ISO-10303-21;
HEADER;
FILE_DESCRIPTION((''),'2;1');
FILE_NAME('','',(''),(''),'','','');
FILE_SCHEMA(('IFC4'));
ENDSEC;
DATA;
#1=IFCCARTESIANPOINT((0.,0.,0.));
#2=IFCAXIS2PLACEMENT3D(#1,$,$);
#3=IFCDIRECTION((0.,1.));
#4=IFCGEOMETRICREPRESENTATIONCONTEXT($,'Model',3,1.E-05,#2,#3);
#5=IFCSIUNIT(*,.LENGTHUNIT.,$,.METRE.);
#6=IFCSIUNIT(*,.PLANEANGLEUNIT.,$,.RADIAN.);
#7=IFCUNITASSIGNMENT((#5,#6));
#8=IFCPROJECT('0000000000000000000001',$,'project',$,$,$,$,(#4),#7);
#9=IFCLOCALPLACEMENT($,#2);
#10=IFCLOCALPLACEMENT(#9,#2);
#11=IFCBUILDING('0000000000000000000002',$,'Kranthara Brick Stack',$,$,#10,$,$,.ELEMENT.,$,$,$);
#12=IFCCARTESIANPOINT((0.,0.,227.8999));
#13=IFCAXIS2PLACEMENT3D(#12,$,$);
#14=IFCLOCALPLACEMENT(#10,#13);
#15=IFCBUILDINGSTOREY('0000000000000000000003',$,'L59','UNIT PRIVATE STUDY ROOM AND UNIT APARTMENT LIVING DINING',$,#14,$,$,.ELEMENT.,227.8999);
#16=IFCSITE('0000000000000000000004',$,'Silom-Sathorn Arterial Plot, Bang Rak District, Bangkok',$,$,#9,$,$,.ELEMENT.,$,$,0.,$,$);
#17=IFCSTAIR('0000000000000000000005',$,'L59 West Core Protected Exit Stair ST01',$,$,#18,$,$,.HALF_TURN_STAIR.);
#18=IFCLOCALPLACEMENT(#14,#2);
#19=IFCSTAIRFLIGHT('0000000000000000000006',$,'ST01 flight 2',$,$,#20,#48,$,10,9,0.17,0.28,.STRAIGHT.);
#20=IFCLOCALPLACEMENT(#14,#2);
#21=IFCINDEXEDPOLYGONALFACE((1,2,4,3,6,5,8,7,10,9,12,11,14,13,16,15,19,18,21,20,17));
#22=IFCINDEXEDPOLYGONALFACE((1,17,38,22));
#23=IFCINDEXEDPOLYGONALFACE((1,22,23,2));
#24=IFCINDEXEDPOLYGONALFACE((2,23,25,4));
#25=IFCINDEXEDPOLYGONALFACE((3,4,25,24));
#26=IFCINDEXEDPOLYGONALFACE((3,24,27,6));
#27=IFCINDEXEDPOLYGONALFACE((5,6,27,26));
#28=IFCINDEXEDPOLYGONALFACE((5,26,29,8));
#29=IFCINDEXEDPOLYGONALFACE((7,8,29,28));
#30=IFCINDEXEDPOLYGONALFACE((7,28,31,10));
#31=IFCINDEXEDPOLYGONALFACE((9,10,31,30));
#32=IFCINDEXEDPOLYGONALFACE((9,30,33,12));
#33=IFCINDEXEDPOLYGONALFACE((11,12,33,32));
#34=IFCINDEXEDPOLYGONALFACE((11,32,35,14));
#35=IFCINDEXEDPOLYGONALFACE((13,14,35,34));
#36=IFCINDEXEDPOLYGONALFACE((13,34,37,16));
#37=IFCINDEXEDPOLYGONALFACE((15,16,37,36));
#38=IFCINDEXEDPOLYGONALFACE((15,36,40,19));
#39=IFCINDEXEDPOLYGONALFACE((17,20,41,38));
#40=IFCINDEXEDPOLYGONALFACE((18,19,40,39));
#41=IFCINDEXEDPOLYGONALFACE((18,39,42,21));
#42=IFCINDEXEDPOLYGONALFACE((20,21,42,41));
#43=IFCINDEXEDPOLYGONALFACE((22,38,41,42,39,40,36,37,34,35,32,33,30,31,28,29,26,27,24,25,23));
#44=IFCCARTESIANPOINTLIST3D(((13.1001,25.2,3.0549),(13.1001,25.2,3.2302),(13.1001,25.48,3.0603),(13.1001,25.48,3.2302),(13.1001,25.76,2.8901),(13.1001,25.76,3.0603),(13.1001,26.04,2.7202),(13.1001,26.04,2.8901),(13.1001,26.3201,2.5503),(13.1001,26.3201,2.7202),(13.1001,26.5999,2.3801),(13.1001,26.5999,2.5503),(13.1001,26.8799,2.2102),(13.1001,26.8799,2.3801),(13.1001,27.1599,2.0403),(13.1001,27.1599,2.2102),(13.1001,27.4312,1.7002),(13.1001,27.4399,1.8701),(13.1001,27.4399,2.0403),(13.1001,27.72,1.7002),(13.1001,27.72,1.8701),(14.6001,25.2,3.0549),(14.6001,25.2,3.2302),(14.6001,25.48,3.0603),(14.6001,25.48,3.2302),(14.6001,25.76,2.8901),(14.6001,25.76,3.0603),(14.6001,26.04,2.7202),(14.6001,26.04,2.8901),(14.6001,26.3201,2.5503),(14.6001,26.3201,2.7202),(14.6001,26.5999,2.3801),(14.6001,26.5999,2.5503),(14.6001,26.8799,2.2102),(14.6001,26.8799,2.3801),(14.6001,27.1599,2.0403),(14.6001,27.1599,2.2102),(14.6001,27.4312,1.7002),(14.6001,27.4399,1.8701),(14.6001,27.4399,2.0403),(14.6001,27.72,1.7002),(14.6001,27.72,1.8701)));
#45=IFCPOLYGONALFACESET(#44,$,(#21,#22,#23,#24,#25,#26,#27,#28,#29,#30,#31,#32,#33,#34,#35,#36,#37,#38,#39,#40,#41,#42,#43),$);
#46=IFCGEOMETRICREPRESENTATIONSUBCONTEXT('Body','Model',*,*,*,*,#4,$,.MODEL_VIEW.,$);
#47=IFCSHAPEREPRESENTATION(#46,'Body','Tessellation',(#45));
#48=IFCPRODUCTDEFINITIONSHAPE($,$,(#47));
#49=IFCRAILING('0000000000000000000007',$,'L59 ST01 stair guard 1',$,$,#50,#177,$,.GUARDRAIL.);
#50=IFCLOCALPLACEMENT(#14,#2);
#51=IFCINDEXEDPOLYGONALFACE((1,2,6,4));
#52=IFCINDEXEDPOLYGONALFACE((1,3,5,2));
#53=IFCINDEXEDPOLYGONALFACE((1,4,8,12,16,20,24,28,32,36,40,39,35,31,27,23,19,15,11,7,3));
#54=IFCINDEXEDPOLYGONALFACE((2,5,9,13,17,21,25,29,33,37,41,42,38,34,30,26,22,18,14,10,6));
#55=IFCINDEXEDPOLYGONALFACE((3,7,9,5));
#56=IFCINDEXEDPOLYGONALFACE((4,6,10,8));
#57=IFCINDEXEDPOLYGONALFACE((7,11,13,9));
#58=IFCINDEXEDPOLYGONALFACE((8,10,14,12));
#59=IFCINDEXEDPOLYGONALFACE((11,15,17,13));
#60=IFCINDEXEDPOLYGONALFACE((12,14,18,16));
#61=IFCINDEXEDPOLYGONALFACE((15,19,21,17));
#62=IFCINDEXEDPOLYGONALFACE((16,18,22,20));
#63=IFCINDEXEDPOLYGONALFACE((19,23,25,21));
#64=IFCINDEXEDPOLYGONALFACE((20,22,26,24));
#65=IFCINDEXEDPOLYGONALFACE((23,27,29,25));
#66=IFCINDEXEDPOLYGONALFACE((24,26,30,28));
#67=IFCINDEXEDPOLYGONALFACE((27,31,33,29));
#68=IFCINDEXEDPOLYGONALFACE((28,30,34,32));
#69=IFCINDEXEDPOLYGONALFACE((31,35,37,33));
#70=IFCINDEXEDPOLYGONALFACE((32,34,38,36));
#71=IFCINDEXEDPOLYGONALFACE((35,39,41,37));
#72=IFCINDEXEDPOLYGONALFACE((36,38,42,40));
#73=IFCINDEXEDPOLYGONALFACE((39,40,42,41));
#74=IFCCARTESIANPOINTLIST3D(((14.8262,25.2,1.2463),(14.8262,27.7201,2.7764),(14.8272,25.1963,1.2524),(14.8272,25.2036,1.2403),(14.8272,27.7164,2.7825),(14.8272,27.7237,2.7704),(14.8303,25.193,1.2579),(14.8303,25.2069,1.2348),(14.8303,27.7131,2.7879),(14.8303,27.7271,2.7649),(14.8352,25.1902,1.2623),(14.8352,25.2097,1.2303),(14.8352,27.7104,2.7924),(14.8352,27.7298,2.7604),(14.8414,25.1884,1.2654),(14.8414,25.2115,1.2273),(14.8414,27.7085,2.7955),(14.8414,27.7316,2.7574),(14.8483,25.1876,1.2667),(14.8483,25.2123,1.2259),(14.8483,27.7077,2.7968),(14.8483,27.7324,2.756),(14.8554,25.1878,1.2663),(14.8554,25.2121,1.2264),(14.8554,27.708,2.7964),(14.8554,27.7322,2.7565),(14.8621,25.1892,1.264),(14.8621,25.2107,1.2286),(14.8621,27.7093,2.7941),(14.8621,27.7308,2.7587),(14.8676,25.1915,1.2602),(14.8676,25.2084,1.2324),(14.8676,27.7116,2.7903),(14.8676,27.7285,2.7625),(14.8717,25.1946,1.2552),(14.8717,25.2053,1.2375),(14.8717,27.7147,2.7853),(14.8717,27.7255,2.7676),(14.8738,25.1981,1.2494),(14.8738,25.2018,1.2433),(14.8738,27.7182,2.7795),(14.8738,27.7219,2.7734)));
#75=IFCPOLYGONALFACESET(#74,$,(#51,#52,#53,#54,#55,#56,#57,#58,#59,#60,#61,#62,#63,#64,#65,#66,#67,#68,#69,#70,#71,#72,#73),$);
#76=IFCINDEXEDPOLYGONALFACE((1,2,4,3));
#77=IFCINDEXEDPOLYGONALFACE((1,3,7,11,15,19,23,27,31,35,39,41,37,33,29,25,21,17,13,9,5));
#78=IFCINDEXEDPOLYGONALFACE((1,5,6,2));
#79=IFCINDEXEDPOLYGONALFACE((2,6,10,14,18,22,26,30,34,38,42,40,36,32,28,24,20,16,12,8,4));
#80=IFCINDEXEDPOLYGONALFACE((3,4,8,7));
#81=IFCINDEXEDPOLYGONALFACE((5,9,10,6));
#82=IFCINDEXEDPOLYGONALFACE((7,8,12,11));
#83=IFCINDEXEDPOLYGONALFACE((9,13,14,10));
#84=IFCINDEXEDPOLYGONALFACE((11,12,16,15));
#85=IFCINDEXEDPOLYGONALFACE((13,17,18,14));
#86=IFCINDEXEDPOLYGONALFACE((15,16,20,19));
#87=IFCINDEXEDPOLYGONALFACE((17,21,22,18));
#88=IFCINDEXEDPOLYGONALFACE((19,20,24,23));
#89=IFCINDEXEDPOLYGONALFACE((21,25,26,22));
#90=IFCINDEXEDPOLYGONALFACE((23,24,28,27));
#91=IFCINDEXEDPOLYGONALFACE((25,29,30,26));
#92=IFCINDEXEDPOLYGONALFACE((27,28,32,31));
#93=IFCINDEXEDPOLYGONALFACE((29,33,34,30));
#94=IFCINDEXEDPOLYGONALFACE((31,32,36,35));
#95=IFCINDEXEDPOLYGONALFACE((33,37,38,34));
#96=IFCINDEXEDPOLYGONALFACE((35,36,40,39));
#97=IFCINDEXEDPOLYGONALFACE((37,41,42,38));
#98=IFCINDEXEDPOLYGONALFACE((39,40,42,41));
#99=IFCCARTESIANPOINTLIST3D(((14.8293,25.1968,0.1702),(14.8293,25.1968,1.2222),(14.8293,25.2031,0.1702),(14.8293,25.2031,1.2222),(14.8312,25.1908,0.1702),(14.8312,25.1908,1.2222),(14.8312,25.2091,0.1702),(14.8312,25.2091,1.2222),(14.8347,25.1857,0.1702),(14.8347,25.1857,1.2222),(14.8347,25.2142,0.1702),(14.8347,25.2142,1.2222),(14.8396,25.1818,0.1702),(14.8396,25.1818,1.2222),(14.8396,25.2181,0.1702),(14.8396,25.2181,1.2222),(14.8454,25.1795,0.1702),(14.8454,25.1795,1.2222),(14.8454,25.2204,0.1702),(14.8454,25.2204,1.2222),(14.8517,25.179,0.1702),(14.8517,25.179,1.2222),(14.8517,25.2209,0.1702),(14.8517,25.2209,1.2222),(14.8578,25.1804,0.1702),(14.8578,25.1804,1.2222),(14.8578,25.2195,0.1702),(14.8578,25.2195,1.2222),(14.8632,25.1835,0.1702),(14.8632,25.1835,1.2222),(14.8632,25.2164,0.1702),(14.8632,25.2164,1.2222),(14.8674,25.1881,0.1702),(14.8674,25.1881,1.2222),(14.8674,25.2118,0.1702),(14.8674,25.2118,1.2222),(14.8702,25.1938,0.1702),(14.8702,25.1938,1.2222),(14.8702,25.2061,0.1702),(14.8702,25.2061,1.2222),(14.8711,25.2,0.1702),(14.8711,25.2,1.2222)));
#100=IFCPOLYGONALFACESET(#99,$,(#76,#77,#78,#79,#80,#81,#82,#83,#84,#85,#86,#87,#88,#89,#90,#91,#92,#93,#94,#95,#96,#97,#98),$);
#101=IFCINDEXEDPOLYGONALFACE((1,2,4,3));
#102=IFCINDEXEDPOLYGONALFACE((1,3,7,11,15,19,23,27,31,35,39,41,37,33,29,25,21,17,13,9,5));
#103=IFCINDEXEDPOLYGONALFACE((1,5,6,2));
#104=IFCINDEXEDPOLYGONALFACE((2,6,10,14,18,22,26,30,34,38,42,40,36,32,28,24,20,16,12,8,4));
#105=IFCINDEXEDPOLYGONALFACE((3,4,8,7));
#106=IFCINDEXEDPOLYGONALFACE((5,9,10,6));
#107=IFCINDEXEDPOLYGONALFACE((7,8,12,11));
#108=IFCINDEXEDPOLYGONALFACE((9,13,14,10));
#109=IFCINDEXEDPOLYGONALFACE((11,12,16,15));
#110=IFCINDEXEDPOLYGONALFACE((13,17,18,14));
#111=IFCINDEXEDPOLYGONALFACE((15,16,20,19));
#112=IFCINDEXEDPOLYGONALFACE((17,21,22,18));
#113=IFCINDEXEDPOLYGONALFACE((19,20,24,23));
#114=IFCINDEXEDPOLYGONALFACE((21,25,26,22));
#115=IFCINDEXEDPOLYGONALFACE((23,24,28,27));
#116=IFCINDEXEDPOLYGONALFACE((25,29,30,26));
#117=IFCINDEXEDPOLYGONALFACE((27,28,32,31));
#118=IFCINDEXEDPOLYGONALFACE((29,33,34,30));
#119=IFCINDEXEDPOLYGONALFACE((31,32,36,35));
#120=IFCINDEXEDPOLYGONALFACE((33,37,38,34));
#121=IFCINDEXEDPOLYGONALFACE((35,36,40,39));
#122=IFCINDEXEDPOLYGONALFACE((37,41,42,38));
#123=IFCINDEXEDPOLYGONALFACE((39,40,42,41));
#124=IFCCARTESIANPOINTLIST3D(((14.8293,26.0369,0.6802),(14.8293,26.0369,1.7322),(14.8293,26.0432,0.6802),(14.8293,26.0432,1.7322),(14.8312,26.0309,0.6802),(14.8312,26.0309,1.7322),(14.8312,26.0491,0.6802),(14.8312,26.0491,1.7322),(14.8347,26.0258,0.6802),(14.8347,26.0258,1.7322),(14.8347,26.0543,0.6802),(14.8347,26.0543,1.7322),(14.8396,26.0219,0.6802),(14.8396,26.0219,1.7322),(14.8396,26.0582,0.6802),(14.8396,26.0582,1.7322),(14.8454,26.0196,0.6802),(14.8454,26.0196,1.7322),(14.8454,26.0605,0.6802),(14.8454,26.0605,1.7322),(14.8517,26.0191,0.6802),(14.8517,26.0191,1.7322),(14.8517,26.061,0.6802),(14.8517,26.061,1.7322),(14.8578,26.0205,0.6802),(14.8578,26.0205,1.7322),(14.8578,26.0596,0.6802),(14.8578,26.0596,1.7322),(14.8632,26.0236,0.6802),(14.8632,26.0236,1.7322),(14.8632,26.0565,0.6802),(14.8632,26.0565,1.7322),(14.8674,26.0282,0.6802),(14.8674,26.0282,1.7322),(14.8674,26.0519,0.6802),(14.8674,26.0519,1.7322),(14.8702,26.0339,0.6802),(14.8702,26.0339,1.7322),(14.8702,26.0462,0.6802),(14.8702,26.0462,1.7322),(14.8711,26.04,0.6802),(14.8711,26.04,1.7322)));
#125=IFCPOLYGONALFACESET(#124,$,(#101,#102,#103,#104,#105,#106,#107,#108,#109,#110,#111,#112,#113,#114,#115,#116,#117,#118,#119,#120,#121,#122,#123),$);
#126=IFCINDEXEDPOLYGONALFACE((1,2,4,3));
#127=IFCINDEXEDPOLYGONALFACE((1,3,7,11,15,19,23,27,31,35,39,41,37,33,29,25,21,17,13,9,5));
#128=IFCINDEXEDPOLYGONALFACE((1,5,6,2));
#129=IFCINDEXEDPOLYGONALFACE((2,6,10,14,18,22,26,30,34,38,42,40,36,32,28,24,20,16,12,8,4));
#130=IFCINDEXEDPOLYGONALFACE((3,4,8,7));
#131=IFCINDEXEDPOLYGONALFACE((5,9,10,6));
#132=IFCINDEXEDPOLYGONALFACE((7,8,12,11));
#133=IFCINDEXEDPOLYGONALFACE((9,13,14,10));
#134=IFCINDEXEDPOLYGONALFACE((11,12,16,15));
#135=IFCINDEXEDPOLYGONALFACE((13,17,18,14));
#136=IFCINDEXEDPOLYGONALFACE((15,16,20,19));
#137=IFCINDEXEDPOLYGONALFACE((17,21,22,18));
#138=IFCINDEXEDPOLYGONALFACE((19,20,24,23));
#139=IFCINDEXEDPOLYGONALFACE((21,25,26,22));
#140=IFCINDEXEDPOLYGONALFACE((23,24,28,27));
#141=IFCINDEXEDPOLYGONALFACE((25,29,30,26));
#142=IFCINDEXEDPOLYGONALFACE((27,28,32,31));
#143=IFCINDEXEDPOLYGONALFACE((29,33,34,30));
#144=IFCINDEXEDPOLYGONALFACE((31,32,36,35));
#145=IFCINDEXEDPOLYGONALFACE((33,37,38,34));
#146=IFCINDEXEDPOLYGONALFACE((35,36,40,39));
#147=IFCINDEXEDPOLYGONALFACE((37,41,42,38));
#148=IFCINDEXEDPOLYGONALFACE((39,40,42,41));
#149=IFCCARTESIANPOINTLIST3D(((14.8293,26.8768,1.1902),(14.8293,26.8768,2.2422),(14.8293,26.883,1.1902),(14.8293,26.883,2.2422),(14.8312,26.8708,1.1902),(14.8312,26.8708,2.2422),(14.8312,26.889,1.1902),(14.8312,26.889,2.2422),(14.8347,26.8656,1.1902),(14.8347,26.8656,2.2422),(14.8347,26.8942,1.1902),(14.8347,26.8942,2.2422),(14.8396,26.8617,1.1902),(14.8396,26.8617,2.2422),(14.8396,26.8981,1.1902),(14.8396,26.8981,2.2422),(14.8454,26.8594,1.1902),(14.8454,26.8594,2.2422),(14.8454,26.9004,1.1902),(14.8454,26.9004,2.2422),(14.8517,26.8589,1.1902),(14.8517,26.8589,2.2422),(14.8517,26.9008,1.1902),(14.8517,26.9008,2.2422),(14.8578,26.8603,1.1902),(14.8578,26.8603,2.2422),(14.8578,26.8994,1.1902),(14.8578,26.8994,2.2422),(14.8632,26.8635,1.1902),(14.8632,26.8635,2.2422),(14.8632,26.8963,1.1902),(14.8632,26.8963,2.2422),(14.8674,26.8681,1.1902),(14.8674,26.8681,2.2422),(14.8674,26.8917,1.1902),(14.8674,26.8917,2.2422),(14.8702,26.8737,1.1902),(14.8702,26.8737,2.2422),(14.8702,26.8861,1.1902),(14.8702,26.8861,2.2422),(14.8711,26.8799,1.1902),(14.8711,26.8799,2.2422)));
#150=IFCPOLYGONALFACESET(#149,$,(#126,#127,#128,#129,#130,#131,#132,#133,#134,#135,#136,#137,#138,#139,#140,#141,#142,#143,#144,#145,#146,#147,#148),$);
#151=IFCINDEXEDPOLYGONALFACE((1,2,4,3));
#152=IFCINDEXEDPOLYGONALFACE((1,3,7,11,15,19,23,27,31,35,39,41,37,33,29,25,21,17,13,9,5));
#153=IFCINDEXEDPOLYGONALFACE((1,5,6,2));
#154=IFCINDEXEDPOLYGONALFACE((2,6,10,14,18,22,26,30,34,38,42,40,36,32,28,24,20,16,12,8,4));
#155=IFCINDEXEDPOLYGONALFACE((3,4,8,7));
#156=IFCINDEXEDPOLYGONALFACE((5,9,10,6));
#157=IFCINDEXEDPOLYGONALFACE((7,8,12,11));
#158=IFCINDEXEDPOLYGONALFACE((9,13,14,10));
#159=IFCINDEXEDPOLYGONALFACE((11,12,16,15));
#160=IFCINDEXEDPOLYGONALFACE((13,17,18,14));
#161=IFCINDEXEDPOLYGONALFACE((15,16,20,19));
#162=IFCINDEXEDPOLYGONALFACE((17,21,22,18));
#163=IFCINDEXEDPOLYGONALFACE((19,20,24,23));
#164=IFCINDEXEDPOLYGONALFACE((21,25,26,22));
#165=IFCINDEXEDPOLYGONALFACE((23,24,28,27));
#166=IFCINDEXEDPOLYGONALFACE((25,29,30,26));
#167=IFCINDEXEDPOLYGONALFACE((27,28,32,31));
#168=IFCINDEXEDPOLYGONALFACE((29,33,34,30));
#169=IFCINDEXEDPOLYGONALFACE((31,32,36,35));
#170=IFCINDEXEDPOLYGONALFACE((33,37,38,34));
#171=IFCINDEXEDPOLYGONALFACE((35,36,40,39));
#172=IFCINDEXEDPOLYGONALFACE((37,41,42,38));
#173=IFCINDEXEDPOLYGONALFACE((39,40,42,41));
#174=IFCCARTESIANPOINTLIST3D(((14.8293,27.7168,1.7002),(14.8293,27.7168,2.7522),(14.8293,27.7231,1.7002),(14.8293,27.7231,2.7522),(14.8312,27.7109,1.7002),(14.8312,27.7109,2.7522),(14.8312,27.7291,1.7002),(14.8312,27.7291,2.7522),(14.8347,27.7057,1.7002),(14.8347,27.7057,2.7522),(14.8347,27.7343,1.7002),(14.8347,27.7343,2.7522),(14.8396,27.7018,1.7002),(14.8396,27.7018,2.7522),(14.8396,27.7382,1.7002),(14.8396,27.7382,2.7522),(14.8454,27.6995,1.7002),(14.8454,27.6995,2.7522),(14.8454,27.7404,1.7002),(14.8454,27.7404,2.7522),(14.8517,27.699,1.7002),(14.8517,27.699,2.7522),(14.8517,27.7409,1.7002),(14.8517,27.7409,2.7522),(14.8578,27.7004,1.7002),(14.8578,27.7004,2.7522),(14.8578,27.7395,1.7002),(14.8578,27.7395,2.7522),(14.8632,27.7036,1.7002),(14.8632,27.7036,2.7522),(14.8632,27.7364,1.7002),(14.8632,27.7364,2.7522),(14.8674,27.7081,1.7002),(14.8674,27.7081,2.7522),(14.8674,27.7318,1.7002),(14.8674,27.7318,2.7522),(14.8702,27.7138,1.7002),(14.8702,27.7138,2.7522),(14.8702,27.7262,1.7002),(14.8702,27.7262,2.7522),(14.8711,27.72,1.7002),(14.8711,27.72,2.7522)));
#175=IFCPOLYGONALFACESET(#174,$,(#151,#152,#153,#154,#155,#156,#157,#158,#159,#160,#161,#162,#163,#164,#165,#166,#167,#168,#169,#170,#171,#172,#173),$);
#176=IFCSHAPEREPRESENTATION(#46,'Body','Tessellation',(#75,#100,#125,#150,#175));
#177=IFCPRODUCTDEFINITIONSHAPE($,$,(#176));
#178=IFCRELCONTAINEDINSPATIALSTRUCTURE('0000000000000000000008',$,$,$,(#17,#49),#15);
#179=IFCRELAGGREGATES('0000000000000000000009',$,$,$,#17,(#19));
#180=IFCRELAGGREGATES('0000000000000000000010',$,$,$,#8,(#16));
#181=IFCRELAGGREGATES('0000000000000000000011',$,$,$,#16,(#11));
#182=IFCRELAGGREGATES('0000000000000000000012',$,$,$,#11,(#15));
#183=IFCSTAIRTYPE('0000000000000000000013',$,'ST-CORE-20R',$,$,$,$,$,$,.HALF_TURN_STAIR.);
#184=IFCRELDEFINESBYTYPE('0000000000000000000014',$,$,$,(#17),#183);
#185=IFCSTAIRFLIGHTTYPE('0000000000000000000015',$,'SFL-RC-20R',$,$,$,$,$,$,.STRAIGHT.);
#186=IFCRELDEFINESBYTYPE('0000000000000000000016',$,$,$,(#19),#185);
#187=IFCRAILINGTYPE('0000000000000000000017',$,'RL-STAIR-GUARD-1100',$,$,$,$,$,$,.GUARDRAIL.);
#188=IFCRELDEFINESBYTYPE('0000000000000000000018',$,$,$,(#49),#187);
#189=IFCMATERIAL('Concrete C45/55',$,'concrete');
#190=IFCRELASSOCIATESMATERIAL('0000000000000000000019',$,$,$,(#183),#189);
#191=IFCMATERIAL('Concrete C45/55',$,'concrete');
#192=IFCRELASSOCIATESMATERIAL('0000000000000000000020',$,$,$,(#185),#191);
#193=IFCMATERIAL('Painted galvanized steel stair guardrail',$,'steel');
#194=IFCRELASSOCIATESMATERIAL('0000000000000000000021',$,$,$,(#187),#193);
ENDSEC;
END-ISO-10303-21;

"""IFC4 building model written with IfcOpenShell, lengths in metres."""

from ifc_helpers import new_model, si_unit, direction, frame, origin, origin_2d, place, context, subcontext, project, spatial, polyline, circle, outline, extrude, material, type_object, element, aggregate, save


model = new_model("IFC4")

# Units and contexts
model_context = context("Model", 3, precision=1e-05, world=origin(), true_north=direction((0.0, 1.0)))
body_context = subcontext(model_context, "Body", "Model", "MODEL_VIEW")
ifc_project = project(units=[si_unit("LENGTHUNIT", "METRE"), si_unit("PLANEANGLEUNIT", "RADIAN")], contexts=[model_context])

# Site, building, storey
site_placement = place(None, origin())
site = spatial("IfcSite", under=ifc_project, at=site_placement, Name="Silom-Sathorn Arterial Plot, Bang Rak District, Bangkok", CompositionType="ELEMENT", RefElevation=0.0)
building_placement = place(site_placement, origin())
building = spatial("IfcBuilding", under=site, at=building_placement, Name="Kranthara Brick Stack", CompositionType="ELEMENT")
storey_placement = place(building_placement, frame((0.0, 0.0, 227.8999)))
storey = spatial("IfcBuildingStorey", under=building, at=storey_placement, Name="L59", Description="UNIT PRIVATE STUDY ROOM AND UNIT APARTMENT LIVING DINING", CompositionType="ELEMENT", Elevation=227.8999)

# Stair, stair flight
ifc_material_1 = material(Name="Concrete C45/55", Category="concrete")
stair_type = type_object("IfcStairType", Name="ST-CORE-20R", PredefinedType="HALF_TURN_STAIR", material=ifc_material_1)
stair_placement = place(storey_placement, origin())
stair = element("IfcStair", 1, at=stair_placement, inside=storey, type_object=stair_type, Name="L59 West Core Protected Exit Stair ST01", PredefinedType="HALF_TURN_STAIR")
ifc_material_2 = material(Name="Concrete C45/55", Category="concrete")
stair_flight_type = type_object("IfcStairFlightType", Name="SFL-RC-20R", PredefinedType="STRAIGHT", material=ifc_material_2)
stair_flight_placement = place(storey_placement, frame((13.8501, 27.72, 1.7002), z_axis=(0.0, 0.0, 1.0), x_axis=(0.0, -1.0, 0.0)))
stair_flight = element("IfcStairFlight", 2, at=stair_flight_placement, type_object=stair_flight_type, Name="ST01 flight 2", NumberOfRisers=10, NumberOfTreads=9, PredefinedType="STRAIGHT", RiserHeight=0.17, TreadLength=0.28, context=body_context, shape_type="SweptSolid", body=[
    extrude(outline(polyline([(0.0, 0.0), (0.0, 0.1699), (0.28, 0.1699), (0.28, 0.3401), (0.5601, 0.3401), (0.5601, 0.51), (0.8401, 0.51), (0.8401, 0.6799), (1.1201, 0.6799), (1.1201, 0.8501), (1.3999, 0.8501), (1.3999, 1.02), (1.6799, 1.02), (1.6799, 1.1899), (1.96, 1.1899), (1.96, 1.3601), (2.24, 1.3601), (2.24, 1.53), (2.52, 1.53), (2.52, 1.7), (2.52, 1.3547), (0.2888, 0.0), (0.0, 0.0)])), frame((0.0, 0.75, 0.0), z_axis=(0.0, -1.0, 0.0), x_axis=(1.0, 0.0, 0.0)), (0.0, 0.0, 1.0), 1.5),
])
aggregate(stair, [stair_flight])

# Railing
ifc_material_3 = material(Name="Painted galvanized steel stair guardrail", Category="steel")
railing_type_1 = type_object("IfcRailingType", Name="RL-STAIR-GUARD-1100", PredefinedType="GUARDRAIL", material=ifc_material_3)
railing_1_placement = place(storey_placement, frame((14.8501, 25.2, 0.1702)))
element("IfcRailing", 3, at=railing_1_placement, inside=storey, type_object=railing_type_1, Name="L59 ST01 stair guard 1", PredefinedType="GUARDRAIL", context=body_context, shape_type="SweptSolid", body=[
    extrude(circle(Radius=0.0239, at=origin_2d()), frame((0.0, 0.0, 1.0762), z_axis=(0.0, 0.854785, 0.518982), x_axis=(-1.0, 0.0, 0.0)), (0.0, 0.0, 1.0), 2.9482),
    extrude(circle(Radius=0.021, at=origin_2d()), origin(), (0.0, 0.0, 1.0), 1.052),
    extrude(circle(Radius=0.021, at=origin_2d()), frame((0.0, 0.8401, 0.51)), (0.0, 0.0, 1.0), 1.052),
    extrude(circle(Radius=0.021, at=origin_2d()), frame((0.0, 1.6799, 1.02)), (0.0, 0.0, 1.0), 1.052),
    extrude(circle(Radius=0.021, at=origin_2d()), frame((0.0, 2.52, 1.53)), (0.0, 0.0, 1.0), 1.052),
])

save(model, "model.ifc")
